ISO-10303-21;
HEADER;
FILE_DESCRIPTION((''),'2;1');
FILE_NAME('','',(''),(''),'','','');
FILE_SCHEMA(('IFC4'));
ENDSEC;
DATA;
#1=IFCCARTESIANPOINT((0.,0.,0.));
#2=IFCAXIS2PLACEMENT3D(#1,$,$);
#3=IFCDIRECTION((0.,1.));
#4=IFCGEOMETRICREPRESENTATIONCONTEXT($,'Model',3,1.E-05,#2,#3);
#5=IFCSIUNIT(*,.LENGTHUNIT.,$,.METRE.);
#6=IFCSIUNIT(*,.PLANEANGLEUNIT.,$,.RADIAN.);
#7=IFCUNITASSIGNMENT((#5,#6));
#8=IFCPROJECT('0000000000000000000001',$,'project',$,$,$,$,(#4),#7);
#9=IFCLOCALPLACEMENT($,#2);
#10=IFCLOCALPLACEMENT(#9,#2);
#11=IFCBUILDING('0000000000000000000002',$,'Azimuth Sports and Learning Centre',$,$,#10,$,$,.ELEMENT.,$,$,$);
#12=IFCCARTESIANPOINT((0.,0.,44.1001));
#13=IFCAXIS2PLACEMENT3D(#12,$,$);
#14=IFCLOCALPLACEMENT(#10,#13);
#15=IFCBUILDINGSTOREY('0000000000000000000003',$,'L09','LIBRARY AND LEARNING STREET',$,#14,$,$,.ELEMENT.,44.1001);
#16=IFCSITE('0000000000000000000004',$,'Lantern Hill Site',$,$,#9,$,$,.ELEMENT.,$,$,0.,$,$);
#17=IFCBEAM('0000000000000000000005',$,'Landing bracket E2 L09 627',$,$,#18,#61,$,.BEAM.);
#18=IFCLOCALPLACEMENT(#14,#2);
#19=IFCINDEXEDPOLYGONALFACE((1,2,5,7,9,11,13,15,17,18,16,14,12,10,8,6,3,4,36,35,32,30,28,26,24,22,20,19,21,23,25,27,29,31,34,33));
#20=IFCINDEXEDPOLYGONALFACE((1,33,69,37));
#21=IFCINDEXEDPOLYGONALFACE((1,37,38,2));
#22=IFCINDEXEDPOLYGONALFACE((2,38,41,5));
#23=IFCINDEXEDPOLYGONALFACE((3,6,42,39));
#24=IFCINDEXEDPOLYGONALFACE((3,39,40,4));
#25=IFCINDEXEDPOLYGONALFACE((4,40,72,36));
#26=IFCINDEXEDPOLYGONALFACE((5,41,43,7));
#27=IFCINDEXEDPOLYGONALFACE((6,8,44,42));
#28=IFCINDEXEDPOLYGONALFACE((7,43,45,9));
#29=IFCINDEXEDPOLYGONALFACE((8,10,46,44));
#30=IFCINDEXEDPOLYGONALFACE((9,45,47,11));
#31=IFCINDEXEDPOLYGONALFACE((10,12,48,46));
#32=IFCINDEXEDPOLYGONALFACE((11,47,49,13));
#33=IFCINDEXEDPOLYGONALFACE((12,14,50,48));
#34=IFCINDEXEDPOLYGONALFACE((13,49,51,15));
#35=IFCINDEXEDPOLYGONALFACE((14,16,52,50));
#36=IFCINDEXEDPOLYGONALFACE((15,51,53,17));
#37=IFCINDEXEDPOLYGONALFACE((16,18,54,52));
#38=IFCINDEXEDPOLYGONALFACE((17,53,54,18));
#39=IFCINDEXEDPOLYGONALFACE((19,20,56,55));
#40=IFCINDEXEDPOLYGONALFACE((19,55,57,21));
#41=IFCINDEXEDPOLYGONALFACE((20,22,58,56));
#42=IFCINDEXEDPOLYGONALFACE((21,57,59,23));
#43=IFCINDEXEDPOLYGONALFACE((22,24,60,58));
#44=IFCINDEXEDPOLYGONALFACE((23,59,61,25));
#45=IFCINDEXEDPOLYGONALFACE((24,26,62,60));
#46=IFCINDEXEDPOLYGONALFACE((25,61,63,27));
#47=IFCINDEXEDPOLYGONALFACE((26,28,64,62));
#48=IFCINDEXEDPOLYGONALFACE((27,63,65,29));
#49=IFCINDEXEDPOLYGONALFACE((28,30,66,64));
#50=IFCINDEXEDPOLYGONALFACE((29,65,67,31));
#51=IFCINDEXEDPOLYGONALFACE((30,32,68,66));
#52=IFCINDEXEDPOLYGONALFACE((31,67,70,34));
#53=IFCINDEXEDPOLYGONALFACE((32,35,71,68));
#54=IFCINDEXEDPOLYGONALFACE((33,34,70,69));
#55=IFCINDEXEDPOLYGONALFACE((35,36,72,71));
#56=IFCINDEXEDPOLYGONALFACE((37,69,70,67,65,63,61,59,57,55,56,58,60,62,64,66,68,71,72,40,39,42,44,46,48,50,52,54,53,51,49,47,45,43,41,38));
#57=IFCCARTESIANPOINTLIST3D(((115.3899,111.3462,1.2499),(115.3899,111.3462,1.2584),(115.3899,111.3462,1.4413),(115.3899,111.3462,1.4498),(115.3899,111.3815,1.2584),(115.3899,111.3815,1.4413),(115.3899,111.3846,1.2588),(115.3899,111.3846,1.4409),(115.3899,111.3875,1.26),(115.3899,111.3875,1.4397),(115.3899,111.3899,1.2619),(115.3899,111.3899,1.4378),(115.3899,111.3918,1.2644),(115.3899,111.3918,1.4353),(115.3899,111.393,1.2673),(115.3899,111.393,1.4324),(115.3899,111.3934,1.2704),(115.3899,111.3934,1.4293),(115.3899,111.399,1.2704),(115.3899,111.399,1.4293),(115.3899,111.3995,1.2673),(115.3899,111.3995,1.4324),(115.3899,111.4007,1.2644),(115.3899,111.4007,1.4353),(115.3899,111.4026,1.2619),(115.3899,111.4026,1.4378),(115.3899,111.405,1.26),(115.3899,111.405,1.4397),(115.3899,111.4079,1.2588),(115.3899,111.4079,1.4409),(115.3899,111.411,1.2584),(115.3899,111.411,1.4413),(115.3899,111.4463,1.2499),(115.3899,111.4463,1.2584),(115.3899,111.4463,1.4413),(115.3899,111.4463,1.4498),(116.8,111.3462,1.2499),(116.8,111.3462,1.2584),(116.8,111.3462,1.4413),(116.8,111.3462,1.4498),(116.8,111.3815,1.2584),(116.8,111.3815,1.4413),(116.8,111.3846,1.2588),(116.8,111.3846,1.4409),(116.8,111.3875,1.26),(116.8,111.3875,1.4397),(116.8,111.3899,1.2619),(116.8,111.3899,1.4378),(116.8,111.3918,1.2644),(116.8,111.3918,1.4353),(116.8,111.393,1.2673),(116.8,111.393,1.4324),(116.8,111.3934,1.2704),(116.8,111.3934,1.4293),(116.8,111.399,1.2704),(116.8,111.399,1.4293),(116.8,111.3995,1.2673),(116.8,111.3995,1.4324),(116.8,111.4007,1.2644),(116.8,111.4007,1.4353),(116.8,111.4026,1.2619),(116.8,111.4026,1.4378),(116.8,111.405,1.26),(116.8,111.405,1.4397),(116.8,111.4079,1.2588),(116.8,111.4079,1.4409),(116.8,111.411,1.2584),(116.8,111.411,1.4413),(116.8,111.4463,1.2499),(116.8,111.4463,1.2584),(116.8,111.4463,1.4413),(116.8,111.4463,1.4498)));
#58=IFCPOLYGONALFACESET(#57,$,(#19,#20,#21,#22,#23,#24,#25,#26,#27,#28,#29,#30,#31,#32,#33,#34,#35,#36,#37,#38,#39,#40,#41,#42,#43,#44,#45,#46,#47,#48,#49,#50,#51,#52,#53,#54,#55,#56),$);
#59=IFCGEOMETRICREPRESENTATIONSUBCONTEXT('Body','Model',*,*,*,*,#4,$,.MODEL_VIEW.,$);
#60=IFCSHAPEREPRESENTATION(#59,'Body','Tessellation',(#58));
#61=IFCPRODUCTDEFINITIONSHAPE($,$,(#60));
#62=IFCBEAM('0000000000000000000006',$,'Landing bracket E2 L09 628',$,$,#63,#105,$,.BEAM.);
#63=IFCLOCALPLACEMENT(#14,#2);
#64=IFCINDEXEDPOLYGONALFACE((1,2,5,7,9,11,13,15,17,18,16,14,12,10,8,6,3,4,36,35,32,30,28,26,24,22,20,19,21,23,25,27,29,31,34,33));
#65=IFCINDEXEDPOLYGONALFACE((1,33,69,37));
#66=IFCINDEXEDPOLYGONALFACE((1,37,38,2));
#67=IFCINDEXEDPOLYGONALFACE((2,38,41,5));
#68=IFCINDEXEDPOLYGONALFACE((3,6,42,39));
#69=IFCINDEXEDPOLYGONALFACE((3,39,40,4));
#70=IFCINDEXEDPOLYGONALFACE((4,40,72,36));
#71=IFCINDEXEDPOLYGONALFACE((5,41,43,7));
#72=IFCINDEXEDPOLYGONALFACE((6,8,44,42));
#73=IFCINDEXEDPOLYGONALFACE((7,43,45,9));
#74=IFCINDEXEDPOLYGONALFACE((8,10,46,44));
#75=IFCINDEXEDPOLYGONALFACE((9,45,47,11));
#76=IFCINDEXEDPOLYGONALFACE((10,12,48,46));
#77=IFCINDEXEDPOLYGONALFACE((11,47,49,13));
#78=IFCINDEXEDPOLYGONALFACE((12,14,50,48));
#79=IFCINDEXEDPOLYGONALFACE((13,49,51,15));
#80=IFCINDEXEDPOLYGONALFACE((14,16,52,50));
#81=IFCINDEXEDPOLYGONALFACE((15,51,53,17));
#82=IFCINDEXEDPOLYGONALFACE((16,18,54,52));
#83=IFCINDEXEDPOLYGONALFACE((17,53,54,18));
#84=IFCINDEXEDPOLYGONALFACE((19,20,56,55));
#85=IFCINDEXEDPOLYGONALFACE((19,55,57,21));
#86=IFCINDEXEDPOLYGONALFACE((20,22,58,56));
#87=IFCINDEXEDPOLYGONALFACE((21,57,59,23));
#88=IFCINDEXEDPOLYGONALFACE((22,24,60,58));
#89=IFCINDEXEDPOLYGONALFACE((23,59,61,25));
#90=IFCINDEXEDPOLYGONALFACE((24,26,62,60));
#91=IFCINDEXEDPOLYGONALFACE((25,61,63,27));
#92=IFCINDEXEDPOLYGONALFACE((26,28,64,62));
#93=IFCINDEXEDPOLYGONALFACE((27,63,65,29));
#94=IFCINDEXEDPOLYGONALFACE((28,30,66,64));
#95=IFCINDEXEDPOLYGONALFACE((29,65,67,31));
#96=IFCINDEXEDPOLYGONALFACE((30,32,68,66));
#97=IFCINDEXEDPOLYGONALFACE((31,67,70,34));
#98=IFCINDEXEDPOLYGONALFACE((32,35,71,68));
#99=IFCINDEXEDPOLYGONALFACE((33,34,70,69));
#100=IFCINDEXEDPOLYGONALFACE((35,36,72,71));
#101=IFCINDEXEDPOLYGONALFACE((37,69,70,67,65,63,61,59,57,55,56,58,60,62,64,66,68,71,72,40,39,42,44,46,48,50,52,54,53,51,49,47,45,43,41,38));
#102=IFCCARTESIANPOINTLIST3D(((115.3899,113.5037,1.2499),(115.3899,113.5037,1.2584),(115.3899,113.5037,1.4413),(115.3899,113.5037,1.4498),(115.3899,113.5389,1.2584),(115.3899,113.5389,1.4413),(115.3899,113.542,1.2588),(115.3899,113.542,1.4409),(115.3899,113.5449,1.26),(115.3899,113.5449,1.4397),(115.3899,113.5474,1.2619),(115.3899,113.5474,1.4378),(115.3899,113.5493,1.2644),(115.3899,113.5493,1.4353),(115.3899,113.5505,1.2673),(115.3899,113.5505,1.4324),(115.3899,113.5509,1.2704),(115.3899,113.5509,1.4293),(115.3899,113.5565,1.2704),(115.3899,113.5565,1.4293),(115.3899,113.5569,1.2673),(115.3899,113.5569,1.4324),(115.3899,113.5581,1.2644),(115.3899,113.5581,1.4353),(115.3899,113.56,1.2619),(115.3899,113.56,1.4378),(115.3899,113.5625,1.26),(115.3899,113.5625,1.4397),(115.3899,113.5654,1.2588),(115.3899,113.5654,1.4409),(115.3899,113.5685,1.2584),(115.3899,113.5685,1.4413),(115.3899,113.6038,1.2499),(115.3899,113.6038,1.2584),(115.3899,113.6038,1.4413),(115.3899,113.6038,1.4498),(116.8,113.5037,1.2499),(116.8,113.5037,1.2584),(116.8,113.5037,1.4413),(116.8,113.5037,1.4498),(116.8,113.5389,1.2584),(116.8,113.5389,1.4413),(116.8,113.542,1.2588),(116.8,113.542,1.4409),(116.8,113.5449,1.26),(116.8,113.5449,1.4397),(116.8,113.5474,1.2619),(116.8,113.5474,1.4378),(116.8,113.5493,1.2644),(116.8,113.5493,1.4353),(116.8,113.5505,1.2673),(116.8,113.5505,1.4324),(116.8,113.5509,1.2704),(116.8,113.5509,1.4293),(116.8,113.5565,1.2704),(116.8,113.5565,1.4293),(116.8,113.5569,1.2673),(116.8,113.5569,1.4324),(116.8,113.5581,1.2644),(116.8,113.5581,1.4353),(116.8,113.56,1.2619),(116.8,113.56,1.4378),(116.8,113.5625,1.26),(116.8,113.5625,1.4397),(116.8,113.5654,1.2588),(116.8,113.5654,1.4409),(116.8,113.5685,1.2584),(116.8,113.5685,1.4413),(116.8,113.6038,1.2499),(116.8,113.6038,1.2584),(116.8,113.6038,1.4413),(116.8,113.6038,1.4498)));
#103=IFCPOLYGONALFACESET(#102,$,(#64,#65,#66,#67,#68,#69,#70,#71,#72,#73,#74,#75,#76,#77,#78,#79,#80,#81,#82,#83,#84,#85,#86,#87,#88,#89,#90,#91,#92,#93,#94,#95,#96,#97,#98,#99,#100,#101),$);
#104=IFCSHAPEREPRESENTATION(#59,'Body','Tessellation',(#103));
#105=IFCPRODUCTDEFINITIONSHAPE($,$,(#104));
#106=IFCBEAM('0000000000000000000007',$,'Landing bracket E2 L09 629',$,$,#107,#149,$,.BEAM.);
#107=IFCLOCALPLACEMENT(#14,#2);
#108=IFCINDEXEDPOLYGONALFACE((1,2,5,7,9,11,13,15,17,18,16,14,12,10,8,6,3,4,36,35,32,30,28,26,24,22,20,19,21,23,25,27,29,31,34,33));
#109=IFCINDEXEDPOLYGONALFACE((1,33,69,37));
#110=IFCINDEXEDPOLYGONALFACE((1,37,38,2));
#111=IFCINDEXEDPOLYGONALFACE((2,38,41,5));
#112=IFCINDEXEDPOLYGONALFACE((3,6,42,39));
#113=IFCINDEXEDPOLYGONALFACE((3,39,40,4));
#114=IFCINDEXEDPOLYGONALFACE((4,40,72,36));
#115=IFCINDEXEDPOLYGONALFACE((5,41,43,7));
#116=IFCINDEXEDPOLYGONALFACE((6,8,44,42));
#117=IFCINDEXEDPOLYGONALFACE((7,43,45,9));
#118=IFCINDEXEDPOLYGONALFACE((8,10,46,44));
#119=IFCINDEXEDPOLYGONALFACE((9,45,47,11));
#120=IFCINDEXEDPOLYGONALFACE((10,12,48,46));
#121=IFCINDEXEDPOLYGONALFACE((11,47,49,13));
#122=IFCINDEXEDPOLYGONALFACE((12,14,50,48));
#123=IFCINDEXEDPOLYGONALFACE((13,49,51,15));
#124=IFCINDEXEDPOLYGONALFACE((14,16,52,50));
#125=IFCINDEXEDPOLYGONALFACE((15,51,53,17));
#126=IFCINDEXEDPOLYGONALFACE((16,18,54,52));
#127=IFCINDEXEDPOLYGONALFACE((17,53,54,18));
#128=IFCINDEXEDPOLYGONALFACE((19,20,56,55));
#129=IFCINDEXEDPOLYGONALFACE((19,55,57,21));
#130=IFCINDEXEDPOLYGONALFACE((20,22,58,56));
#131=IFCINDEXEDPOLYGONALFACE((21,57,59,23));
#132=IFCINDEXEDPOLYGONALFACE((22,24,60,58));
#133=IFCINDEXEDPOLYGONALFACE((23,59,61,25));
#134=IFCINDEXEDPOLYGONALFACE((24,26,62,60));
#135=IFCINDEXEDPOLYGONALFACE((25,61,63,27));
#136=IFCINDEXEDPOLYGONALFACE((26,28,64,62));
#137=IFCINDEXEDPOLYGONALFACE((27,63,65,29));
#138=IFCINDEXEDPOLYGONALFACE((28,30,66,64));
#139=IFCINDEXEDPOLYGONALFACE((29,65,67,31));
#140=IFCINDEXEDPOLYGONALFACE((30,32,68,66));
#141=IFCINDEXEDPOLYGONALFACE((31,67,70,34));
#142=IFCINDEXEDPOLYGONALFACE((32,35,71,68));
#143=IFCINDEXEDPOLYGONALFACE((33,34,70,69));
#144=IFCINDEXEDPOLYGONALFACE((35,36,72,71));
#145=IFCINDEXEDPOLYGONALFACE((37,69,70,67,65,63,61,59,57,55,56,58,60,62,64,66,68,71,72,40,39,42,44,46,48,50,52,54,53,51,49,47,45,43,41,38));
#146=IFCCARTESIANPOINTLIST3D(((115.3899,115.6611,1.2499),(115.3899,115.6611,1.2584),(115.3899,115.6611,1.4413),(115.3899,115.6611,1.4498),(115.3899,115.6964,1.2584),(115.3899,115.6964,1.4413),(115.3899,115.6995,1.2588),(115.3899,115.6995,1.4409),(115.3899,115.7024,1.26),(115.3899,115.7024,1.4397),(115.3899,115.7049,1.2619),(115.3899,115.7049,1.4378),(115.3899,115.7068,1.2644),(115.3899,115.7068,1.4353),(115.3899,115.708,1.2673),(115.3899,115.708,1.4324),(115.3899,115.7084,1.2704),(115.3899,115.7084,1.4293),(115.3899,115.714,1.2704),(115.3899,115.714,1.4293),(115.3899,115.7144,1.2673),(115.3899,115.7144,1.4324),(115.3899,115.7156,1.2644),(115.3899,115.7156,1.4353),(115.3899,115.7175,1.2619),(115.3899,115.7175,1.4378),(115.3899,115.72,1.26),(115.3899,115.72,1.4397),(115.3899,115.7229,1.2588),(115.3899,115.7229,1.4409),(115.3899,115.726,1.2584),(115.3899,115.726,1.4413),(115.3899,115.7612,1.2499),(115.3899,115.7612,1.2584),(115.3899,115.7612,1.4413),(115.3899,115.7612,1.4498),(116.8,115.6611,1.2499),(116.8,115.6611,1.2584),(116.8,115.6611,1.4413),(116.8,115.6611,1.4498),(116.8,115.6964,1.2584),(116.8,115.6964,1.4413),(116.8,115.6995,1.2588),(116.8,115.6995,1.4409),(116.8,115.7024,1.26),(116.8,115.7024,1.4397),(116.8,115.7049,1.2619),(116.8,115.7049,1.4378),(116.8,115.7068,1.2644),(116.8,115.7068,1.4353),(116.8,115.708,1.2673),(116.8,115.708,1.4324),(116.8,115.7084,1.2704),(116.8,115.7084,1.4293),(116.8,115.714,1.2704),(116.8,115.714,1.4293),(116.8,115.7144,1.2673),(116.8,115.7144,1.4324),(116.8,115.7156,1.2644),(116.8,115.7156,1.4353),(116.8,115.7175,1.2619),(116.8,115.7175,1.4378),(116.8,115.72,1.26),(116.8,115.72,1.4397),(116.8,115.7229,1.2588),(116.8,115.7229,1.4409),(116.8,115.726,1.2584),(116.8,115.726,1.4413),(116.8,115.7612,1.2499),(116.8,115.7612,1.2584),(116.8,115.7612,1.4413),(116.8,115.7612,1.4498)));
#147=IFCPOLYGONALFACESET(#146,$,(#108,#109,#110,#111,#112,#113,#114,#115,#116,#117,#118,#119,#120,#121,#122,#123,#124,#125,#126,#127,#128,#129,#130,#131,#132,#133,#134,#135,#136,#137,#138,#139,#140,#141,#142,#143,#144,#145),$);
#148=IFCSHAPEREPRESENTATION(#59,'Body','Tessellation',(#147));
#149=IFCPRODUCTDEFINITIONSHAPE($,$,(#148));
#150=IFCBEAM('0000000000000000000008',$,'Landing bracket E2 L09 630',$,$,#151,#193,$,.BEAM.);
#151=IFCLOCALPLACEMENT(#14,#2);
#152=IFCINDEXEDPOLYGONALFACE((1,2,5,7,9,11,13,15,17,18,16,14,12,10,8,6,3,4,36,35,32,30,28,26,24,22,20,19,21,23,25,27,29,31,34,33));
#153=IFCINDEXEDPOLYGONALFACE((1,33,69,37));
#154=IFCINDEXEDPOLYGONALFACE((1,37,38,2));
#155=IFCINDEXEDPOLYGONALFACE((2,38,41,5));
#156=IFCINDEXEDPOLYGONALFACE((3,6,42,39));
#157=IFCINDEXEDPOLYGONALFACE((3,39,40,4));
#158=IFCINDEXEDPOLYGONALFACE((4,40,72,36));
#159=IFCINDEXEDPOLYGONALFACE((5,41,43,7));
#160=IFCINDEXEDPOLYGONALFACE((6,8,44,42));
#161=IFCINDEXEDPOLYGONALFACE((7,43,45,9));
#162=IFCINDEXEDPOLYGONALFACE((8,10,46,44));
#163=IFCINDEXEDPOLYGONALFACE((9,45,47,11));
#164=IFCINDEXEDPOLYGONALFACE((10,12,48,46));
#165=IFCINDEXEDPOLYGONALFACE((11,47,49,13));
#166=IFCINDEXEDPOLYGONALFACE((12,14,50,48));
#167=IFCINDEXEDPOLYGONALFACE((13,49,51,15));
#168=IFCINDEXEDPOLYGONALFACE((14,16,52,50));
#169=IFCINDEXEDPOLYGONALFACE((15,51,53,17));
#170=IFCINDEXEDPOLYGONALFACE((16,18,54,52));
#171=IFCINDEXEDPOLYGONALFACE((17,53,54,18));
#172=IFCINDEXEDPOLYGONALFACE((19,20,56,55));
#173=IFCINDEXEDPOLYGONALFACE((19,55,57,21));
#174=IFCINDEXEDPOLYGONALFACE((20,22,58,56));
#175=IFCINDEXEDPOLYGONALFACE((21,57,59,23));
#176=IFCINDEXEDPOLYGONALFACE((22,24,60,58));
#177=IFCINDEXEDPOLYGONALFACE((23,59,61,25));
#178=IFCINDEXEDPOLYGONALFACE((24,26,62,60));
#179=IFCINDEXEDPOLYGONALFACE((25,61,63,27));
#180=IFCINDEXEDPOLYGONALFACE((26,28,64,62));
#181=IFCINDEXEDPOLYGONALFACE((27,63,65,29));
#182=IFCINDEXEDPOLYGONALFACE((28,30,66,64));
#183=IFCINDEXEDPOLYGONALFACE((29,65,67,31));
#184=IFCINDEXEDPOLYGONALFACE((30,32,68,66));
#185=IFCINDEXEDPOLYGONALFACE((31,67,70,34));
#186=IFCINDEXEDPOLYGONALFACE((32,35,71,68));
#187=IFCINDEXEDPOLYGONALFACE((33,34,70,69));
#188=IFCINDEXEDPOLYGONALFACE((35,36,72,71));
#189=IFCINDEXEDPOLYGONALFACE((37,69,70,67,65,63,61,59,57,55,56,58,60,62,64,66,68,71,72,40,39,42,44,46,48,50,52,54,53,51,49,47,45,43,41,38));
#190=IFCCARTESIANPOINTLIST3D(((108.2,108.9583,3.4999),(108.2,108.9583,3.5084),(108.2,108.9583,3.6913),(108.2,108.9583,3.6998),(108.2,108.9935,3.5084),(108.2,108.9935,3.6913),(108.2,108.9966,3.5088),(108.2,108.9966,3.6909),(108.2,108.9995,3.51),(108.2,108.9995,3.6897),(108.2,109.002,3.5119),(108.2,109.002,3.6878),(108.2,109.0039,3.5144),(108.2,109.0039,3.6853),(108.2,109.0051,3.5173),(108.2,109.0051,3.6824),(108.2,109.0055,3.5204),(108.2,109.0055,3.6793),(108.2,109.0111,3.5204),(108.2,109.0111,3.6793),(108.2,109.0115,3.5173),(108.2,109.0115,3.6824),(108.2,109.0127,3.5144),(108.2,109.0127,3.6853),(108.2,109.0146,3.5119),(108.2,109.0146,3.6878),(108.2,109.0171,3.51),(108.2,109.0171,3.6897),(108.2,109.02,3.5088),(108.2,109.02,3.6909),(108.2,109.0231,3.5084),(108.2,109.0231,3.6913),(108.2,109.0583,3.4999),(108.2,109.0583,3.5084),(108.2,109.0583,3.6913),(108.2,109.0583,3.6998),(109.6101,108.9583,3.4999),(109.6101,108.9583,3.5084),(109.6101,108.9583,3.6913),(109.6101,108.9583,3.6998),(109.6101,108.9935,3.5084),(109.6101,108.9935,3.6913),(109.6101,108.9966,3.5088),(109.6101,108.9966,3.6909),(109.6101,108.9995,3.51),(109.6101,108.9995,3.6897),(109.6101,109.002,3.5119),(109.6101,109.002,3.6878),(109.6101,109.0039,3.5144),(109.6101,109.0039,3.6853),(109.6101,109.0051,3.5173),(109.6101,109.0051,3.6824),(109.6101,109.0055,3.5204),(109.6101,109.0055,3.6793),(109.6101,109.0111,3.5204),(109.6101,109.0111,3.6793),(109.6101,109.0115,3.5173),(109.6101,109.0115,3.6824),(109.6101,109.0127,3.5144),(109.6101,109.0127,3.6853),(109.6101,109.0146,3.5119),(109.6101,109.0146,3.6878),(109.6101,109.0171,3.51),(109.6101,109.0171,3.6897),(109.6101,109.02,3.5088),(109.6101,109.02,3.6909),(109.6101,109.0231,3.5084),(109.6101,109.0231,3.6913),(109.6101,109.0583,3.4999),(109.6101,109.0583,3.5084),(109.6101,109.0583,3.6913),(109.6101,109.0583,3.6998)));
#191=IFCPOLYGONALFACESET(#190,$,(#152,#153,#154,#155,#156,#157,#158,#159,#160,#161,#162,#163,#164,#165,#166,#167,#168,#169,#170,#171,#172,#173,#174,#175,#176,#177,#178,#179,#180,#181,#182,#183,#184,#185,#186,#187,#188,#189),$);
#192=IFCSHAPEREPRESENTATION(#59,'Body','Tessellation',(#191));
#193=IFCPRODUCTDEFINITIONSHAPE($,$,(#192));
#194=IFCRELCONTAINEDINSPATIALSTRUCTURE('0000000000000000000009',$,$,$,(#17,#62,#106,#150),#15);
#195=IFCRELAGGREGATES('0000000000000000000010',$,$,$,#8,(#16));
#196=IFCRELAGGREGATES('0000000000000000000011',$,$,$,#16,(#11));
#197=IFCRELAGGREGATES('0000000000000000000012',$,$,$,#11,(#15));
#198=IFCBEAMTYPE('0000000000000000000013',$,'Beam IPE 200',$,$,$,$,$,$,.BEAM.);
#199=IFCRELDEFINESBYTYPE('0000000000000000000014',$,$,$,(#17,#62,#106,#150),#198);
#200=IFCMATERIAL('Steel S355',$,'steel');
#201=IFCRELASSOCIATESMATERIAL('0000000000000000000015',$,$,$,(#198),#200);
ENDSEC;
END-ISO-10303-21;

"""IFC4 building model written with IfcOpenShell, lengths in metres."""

from ifc_helpers import new_model, si_unit, direction, frame, origin, origin_2d, place, context, subcontext, project, spatial, i_section, extrude, material, material_profile, profile_set, type_object, element, save


model = new_model("IFC4")

# Units and contexts
model_context = context("Model", 3, precision=1e-05, world=origin(), true_north=direction((0.0, 1.0)))
body_context = subcontext(model_context, "Body", "Model", "MODEL_VIEW")
ifc_project = project(units=[si_unit("LENGTHUNIT", "METRE"), si_unit("PLANEANGLEUNIT", "RADIAN")], contexts=[model_context])

# Site, building, storey
site_placement = place(None, origin())
site = spatial("IfcSite", under=ifc_project, at=site_placement, Name="Lantern Hill Site", CompositionType="ELEMENT", RefElevation=0.0)
building_placement = place(site_placement, origin())
building = spatial("IfcBuilding", under=site, at=building_placement, Name="Azimuth Sports and Learning Centre", CompositionType="ELEMENT")
storey_placement = place(building_placement, frame((0.0, 0.0, 44.1001)))
storey = spatial("IfcBuildingStorey", under=building, at=storey_placement, Name="L09", Description="LIBRARY AND LEARNING STREET", CompositionType="ELEMENT", Elevation=44.1001)

# Beams
ifc_material_1 = material(Name="Steel S355", Category="steel")
ifc_material_profile = material_profile(ifc_material_1, i_section(OverallWidth=0.1001, OverallDepth=0.2, WebThickness=0.0056, FlangeThickness=0.0085, FilletRadius=0.012, at=origin_2d()), Name="IPE 200")
ifc_profile_set = profile_set([ifc_material_profile], Name="Steel S355")
beam_type = type_object("IfcBeamType", Name="Beam IPE 200", PredefinedType="BEAM", material=ifc_profile_set)
for number, where, z_axis, x_axis, name in (
    (1, (116.8, 111.3962, 1.3499), (-1.0, 0.0, 0.0), (0.0, -1.0, 0.0), "Landing bracket E2 L09 627"),
    (2, (116.8, 113.5537, 1.3499), (-1.0, 0.0, 0.0), (0.0, -1.0, 0.0), "Landing bracket E2 L09 628"),
    (3, (116.8, 115.7112, 1.3499), (-1.0, 0.0, 0.0), (0.0, -1.0, 0.0), "Landing bracket E2 L09 629"),
    (4, (108.2, 109.0083, 3.5999), (1.0, 0.0, 0.0), (0.0, 1.0, 0.0), "Landing bracket E2 L09 630"),
):
    element("IfcBeam", number, at=place(storey_placement, frame(where, z_axis=z_axis, x_axis=x_axis)), inside=storey, type_object=beam_type, Name=name, PredefinedType="BEAM", context=body_context, shape_type="SweptSolid", body=[
        extrude(i_section(OverallWidth=0.1001, OverallDepth=0.2, WebThickness=0.0056, FlangeThickness=0.0085, FilletRadius=0.012, at=origin_2d()), origin(), (0.0, 0.0, 1.0), 1.4102),
    ])

save(model, "model.ifc")
